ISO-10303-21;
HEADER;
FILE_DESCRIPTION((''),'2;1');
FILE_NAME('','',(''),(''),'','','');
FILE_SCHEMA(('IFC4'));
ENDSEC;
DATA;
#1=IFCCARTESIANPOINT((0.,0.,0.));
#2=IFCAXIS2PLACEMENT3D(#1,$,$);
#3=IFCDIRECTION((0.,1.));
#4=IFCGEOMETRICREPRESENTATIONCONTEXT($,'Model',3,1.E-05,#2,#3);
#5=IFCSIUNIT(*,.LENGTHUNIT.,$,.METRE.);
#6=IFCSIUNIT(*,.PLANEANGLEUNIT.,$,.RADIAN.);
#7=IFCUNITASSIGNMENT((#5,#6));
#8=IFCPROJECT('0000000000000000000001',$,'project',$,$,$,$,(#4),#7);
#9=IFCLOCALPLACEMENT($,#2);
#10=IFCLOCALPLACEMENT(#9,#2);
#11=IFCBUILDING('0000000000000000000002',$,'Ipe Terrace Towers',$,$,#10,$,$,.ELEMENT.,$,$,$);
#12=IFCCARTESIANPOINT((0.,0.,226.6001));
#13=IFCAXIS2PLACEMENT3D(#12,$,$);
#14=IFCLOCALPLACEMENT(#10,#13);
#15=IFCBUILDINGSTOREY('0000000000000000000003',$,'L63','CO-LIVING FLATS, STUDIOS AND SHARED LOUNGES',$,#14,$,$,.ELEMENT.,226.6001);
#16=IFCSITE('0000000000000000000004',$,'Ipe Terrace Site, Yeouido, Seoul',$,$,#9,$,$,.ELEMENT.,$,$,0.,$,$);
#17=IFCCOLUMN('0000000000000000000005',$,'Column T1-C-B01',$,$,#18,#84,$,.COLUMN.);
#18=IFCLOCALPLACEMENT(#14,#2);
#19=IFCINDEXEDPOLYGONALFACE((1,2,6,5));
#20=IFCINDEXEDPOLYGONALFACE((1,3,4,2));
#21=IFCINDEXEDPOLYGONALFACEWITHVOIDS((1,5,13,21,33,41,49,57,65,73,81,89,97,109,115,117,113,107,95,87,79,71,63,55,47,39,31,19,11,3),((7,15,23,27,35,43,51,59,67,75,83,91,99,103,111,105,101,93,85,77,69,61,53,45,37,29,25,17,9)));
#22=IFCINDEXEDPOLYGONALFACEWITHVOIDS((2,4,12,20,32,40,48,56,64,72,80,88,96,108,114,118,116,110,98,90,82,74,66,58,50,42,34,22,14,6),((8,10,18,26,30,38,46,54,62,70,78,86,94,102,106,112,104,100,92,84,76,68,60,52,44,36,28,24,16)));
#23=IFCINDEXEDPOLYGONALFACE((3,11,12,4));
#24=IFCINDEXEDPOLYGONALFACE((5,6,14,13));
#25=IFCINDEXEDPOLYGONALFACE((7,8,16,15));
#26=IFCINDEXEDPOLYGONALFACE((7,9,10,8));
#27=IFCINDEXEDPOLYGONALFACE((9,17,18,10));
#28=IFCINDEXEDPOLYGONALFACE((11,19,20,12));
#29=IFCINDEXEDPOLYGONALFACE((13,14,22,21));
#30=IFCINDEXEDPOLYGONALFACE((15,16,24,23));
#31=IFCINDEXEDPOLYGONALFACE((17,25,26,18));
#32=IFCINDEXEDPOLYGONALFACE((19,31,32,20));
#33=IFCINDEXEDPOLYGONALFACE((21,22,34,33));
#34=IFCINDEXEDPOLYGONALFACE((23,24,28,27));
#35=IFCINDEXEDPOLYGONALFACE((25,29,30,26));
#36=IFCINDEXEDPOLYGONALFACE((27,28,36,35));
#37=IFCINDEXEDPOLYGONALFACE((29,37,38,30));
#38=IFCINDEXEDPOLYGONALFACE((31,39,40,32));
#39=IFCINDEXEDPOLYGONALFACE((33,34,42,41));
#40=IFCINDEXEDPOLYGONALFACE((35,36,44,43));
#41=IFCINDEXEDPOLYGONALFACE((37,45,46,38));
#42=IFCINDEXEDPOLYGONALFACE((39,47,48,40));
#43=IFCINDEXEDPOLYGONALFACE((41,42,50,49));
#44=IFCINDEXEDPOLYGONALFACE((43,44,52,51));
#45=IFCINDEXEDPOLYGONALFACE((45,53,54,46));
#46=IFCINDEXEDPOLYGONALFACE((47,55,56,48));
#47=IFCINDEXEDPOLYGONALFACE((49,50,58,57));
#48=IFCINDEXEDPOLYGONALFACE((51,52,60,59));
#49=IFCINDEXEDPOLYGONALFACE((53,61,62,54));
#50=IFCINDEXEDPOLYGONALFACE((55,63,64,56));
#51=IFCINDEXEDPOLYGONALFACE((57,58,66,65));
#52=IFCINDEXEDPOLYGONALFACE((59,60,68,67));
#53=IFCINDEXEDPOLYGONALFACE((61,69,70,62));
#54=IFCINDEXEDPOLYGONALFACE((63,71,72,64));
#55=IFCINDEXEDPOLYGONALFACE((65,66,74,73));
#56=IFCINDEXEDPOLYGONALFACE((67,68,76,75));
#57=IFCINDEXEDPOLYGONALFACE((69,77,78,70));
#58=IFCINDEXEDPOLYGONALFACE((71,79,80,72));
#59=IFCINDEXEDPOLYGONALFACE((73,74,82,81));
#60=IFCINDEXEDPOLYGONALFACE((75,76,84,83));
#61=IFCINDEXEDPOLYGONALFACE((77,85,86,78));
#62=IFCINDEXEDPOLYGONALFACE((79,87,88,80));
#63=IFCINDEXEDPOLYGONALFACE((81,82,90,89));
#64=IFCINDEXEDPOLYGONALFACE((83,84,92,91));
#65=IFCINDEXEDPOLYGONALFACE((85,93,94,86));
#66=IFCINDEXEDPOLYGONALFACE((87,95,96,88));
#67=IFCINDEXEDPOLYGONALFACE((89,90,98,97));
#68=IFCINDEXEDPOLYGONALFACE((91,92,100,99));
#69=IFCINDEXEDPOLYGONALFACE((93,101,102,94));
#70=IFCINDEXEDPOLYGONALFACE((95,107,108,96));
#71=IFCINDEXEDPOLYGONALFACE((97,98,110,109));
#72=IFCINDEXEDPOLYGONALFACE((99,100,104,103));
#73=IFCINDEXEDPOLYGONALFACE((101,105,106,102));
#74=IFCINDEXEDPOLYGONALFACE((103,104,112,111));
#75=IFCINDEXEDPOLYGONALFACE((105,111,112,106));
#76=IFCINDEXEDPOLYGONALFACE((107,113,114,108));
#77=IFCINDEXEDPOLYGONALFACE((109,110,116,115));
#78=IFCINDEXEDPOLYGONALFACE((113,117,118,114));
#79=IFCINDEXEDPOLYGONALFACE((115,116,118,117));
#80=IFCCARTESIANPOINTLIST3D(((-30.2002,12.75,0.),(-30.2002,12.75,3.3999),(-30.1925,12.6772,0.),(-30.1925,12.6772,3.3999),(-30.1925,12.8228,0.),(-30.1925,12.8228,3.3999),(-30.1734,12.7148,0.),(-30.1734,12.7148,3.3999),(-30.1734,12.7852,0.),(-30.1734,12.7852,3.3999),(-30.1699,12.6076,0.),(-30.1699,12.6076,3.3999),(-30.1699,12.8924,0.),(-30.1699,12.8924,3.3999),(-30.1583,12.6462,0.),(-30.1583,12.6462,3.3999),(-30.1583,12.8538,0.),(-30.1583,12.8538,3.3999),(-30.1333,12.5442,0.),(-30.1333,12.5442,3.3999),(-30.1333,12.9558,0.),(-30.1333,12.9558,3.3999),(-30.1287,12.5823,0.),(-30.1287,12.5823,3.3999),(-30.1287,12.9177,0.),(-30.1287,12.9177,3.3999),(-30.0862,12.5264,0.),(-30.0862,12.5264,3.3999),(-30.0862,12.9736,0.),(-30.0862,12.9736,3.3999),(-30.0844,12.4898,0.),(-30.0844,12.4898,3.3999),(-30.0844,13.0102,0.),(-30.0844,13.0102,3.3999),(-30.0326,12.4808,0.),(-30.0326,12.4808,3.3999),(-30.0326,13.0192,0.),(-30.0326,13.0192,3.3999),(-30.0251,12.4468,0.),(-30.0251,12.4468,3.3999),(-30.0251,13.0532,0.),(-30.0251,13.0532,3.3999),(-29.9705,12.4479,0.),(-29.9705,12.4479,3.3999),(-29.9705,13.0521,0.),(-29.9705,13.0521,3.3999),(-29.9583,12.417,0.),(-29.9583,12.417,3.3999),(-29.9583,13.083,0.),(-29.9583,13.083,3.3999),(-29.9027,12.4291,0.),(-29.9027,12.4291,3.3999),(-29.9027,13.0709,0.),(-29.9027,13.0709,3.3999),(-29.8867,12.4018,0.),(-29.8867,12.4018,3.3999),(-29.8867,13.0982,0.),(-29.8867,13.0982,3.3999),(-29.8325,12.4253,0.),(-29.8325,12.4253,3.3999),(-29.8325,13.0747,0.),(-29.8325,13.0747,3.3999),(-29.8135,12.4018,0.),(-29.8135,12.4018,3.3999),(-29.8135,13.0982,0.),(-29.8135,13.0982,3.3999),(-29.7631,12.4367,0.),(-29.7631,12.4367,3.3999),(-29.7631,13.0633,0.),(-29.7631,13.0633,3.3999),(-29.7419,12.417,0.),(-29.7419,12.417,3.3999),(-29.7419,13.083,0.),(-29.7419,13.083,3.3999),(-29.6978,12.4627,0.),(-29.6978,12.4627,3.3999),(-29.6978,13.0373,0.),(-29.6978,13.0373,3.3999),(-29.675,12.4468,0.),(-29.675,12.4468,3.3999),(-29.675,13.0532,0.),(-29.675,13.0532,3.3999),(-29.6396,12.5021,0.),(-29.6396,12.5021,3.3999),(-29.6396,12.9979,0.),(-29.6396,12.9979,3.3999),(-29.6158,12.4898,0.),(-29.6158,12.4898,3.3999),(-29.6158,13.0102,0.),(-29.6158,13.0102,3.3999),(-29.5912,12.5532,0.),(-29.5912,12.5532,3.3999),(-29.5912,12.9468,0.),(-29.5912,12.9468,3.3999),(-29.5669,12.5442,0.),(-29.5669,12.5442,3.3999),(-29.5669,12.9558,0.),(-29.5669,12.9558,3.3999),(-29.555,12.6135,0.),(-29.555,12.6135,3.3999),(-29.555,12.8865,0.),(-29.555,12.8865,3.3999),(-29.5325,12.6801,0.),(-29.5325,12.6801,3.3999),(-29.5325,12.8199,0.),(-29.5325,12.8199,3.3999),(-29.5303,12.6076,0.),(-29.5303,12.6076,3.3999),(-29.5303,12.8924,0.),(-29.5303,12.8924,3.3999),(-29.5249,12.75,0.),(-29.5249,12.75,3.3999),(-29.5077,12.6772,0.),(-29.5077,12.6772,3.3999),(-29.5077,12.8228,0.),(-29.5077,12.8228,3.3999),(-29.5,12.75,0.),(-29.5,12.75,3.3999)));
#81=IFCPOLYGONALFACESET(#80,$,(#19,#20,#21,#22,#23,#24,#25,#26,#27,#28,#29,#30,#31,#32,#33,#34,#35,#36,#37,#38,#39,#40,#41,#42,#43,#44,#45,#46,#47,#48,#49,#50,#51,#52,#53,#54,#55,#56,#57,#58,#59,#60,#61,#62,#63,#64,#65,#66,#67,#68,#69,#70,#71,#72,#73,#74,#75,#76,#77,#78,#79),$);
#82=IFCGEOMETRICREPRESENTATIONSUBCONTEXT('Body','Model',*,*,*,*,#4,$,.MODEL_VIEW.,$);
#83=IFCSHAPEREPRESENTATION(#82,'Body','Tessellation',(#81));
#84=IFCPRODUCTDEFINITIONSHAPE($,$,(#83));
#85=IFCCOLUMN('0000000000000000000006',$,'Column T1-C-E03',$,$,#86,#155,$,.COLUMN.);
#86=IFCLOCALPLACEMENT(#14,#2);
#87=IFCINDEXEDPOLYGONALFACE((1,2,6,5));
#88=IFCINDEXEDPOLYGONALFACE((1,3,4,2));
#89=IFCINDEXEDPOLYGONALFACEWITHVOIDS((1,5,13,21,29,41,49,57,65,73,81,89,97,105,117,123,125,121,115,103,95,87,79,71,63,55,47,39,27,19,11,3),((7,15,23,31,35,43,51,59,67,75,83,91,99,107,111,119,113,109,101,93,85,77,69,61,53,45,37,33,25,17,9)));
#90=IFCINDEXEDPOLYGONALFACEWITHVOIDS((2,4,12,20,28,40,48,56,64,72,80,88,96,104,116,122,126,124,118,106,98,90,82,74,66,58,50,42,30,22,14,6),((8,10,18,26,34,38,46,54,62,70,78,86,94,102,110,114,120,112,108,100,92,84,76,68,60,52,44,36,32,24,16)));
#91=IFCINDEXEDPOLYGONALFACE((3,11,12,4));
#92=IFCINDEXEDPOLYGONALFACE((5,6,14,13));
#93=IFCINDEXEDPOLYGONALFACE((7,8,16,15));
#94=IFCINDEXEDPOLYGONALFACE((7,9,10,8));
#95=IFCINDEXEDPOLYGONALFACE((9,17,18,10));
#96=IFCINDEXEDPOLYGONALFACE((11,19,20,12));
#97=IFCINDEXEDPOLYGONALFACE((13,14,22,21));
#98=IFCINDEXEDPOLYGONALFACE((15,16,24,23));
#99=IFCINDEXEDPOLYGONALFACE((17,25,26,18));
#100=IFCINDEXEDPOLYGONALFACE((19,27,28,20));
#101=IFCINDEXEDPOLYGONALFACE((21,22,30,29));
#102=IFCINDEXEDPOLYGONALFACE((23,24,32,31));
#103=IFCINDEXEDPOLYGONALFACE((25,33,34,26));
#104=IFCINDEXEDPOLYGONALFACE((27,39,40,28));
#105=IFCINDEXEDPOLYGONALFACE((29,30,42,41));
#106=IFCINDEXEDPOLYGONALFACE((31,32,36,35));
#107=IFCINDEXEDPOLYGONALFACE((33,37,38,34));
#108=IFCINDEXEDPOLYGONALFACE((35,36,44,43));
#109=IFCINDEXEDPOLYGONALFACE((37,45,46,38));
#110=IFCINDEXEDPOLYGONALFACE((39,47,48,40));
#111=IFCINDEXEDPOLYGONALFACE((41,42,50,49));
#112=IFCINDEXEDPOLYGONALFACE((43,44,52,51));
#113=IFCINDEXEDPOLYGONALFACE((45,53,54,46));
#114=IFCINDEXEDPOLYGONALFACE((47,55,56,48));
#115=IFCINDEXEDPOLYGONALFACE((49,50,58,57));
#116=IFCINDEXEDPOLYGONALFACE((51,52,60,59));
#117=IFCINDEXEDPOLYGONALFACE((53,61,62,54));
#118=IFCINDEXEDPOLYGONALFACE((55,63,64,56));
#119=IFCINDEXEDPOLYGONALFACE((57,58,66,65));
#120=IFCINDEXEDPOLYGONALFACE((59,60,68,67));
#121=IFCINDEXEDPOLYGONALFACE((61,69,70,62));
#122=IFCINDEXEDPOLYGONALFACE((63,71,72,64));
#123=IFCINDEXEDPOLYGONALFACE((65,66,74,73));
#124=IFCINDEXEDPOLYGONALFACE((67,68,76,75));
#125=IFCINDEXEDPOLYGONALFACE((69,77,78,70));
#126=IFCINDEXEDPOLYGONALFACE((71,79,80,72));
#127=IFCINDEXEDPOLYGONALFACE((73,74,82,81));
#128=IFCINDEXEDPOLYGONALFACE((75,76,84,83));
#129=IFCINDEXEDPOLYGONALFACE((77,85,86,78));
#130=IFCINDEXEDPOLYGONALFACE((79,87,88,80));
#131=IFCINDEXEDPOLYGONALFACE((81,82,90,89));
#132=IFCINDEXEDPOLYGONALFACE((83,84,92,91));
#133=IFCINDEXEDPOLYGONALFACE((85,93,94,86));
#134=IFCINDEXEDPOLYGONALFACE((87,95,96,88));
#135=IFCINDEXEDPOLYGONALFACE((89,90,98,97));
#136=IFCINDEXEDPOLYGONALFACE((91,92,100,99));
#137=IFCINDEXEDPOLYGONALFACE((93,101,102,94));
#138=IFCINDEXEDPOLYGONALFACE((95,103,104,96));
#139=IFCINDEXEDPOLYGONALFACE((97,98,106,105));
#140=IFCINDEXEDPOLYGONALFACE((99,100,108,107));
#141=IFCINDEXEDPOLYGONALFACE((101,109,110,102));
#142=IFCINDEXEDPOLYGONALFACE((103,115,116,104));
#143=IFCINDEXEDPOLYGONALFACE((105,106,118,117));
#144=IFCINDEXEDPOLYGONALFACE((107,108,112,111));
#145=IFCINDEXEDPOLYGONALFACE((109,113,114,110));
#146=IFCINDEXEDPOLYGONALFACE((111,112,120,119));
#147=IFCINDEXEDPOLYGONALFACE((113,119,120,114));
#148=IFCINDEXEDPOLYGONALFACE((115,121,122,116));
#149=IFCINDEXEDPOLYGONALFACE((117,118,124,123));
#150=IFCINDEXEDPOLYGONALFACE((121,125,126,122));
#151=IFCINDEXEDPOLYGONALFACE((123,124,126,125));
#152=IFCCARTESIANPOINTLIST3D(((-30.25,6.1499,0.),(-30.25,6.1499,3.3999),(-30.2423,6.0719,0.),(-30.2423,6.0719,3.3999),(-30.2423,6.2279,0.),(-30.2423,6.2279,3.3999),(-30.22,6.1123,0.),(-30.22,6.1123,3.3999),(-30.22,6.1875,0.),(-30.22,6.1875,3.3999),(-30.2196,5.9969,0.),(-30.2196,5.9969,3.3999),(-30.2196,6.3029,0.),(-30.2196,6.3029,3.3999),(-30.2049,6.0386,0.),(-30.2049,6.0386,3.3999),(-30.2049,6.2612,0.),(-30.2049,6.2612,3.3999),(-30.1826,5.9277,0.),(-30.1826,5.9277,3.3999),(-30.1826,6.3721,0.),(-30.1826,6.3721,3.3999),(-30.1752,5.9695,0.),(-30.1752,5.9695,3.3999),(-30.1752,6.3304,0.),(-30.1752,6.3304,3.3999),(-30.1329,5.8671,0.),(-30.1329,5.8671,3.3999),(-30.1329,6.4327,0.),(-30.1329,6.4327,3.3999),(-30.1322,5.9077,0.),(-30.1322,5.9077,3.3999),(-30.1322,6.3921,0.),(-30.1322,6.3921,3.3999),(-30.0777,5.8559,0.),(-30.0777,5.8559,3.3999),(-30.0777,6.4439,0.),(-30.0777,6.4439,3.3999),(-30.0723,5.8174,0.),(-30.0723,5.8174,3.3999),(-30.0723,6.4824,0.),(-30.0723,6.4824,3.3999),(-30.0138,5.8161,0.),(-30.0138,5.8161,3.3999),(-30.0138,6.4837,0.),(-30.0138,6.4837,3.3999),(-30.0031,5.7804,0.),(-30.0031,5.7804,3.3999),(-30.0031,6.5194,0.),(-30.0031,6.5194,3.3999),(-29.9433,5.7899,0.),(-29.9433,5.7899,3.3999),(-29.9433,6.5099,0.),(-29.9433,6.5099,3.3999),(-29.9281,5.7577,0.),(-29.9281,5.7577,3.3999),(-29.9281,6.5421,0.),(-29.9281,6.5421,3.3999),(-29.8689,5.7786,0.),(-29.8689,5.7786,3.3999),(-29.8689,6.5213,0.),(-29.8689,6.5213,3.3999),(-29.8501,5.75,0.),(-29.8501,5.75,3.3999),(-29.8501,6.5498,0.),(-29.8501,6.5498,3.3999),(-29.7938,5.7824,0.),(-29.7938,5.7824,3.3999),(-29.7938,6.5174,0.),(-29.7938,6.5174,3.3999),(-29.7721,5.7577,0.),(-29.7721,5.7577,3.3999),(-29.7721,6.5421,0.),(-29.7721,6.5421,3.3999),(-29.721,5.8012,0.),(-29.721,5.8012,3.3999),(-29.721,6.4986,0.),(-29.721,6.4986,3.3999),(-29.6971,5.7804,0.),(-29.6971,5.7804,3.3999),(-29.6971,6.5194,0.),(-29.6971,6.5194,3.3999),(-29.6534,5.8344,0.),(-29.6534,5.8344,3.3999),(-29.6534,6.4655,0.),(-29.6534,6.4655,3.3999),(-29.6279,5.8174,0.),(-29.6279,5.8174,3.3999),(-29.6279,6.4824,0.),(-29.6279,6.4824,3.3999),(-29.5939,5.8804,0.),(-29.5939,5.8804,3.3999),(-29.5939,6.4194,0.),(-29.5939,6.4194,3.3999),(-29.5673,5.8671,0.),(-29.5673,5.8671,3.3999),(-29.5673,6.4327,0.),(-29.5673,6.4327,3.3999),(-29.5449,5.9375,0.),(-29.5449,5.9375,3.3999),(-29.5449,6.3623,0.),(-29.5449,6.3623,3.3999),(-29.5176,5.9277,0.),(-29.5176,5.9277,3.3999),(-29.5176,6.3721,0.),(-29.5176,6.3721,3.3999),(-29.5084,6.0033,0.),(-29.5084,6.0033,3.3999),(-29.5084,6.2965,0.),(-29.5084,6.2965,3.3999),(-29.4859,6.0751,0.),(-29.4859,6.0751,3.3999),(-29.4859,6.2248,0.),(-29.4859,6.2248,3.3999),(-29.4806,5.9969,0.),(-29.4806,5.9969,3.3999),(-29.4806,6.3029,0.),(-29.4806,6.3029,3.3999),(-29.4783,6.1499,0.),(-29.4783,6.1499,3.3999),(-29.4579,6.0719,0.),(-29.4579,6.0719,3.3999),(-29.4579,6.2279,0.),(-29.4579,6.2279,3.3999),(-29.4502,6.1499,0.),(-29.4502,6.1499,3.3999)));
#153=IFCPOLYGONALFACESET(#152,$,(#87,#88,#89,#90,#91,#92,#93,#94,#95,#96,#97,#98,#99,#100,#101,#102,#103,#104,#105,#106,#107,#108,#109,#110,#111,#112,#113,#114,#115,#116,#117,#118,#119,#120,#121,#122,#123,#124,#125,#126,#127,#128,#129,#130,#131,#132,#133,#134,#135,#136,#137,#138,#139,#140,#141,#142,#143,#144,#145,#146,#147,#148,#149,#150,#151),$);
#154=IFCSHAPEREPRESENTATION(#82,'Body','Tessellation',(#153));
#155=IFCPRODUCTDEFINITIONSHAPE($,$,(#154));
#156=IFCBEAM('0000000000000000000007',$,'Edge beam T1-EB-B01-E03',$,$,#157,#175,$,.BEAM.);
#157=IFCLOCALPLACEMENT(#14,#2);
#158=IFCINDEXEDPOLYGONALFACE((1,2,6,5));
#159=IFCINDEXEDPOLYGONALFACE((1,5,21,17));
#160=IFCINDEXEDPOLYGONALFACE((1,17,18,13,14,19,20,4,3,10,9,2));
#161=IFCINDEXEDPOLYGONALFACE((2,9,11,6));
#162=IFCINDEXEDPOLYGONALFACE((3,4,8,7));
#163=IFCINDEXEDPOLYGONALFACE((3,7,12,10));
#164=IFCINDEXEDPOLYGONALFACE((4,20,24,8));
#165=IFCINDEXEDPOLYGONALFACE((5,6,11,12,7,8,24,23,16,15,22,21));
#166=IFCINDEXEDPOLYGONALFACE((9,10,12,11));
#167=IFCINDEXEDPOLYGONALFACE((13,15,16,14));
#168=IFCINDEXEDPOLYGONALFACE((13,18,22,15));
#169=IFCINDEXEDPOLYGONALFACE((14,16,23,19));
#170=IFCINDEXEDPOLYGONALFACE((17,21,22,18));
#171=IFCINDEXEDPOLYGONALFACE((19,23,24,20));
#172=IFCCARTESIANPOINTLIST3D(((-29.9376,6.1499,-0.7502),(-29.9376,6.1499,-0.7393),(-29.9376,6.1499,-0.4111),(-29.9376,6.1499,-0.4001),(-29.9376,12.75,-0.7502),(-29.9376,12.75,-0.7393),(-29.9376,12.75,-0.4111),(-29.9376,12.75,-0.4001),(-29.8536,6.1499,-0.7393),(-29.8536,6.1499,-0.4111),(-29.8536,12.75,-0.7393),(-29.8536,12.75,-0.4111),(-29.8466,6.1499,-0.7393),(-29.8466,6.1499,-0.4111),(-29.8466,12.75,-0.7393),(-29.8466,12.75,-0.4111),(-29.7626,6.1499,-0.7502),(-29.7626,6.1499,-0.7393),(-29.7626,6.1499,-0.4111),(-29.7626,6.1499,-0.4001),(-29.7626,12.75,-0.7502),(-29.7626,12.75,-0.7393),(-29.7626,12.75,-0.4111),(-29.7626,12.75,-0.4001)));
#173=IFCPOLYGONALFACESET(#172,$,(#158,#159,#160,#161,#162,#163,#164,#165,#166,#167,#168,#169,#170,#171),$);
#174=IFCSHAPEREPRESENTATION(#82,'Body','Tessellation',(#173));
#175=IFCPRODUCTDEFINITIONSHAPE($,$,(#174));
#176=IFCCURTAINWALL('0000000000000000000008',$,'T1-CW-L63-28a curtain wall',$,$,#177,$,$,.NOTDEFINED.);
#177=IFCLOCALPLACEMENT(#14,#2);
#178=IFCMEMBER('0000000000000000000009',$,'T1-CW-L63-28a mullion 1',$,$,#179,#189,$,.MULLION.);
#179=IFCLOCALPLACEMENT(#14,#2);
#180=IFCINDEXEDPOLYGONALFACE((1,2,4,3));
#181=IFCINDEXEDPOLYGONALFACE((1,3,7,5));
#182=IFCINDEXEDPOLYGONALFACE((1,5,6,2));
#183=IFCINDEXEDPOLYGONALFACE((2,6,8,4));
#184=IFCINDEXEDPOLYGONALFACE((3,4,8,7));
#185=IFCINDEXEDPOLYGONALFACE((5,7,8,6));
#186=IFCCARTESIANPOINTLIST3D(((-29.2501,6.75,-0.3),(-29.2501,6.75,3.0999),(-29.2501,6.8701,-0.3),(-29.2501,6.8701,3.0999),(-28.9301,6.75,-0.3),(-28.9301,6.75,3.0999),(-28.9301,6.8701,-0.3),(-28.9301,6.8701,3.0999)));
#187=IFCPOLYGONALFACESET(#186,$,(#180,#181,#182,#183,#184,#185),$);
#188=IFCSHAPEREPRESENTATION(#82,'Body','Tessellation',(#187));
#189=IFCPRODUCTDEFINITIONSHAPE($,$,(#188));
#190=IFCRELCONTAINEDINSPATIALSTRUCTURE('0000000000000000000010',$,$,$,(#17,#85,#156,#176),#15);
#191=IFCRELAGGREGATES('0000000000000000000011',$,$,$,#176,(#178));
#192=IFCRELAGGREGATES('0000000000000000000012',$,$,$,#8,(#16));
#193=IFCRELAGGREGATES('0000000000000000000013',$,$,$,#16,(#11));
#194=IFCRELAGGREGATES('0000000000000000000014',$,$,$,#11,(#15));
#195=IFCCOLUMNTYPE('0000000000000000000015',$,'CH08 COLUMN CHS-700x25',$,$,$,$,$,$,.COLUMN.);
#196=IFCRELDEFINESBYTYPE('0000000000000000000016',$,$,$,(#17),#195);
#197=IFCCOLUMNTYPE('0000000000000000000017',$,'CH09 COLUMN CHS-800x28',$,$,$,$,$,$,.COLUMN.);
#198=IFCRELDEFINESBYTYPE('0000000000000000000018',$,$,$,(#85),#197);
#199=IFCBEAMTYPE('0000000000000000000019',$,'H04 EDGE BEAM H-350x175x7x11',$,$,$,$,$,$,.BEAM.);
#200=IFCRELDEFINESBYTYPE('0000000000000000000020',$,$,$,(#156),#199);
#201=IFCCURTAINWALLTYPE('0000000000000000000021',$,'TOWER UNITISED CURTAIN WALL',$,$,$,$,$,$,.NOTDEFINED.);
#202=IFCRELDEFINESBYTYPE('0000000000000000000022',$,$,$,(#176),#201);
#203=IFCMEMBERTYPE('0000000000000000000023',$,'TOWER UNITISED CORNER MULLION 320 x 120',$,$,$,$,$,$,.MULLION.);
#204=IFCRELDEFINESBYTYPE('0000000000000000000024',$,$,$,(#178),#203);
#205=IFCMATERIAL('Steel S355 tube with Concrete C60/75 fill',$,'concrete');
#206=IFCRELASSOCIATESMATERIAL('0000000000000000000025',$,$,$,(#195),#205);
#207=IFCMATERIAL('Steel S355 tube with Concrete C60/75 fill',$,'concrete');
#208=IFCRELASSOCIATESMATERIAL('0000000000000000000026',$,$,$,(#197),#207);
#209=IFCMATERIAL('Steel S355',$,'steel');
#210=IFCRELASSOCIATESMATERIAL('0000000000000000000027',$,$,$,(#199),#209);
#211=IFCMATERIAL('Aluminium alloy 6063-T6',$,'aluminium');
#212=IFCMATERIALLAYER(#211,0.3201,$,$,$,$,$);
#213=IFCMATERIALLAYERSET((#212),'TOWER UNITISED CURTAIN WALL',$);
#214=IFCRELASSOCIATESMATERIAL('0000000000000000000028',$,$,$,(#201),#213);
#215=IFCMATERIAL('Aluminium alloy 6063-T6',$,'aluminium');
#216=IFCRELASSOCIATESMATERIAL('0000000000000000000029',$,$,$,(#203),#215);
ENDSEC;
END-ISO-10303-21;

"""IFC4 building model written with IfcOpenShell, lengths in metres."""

from ifc_helpers import new_model, si_unit, direction, frame, origin, origin_2d, place, context, subcontext, project, spatial, rectangle, hollow_circle, i_section, extrude, material, layer, layer_set, material_profile, profile_set, type_object, element, aggregate, save


model = new_model("IFC4")

# Units and contexts
model_context = context("Model", 3, precision=1e-05, world=origin(), true_north=direction((0.0, 1.0)))
body_context = subcontext(model_context, "Body", "Model", "MODEL_VIEW")
ifc_project = project(units=[si_unit("LENGTHUNIT", "METRE"), si_unit("PLANEANGLEUNIT", "RADIAN")], contexts=[model_context])

# Site, building, storey
site_placement = place(None, origin())
site = spatial("IfcSite", under=ifc_project, at=site_placement, Name="Ipe Terrace Site, Yeouido, Seoul", CompositionType="ELEMENT", RefElevation=0.0)
building_placement = place(site_placement, origin())
building = spatial("IfcBuilding", under=site, at=building_placement, Name="Ipe Terrace Towers", CompositionType="ELEMENT")
storey_placement = place(building_placement, frame((0.0, 0.0, 226.6001)))
storey = spatial("IfcBuildingStorey", under=building, at=storey_placement, Name="L63", Description="CO-LIVING FLATS, STUDIOS AND SHARED LOUNGES", CompositionType="ELEMENT", Elevation=226.6001)

# Columns
ifc_material_1 = material(Name="Steel S355 tube with Concrete C60/75 fill", Category="concrete")
ifc_material_profile_1 = material_profile(ifc_material_1, hollow_circle(Radius=0.3501, WallThickness=0.0249, at=origin_2d()), Name="CHS-700x25")
ifc_profile_set_1 = profile_set([ifc_material_profile_1], Name="Steel S355 tube with Concrete C60/75 fill")
column_type_1 = type_object("IfcColumnType", Name="CH08 COLUMN CHS-700x25", PredefinedType="COLUMN", material=ifc_profile_set_1)
column_1_placement = place(storey_placement, frame((-29.8501, 12.75, 0.0), z_axis=(0.0, 0.0, 1.0), x_axis=(1.0, 0.0, 0.0)))
element("IfcColumn", 1, at=column_1_placement, inside=storey, type_object=column_type_1, Name="Column T1-C-B01", PredefinedType="COLUMN", context=body_context, shape_type="SweptSolid", body=[
    extrude(hollow_circle(Radius=0.3501, WallThickness=0.0249, at=origin_2d()), origin(), (0.0, 0.0, 1.0), 3.3999),
])
ifc_material_2 = material(Name="Steel S355 tube with Concrete C60/75 fill", Category="concrete")
ifc_material_profile_2 = material_profile(ifc_material_2, hollow_circle(Radius=0.3999, WallThickness=0.0281, at=origin_2d()), Name="CHS-800x28")
ifc_profile_set_2 = profile_set([ifc_material_profile_2], Name="Steel S355 tube with Concrete C60/75 fill")
column_type_2 = type_object("IfcColumnType", Name="CH09 COLUMN CHS-800x28", PredefinedType="COLUMN", material=ifc_profile_set_2)
column_2_placement = place(storey_placement, frame((-29.8501, 6.1499, 0.0), z_axis=(0.0, 0.0, 1.0), x_axis=(1.0, 0.0, 0.0)))
element("IfcColumn", 2, at=column_2_placement, inside=storey, type_object=column_type_2, Name="Column T1-C-E03", PredefinedType="COLUMN", context=body_context, shape_type="SweptSolid", body=[
    extrude(hollow_circle(Radius=0.3999, WallThickness=0.0281, at=origin_2d()), origin(), (0.0, 0.0, 1.0), 3.3999),
])

# Beam
ifc_material_3 = material(Name="Steel S355", Category="steel")
ifc_material_profile_3 = material_profile(ifc_material_3, i_section(OverallWidth=0.175, OverallDepth=0.3501, WebThickness=0.0071, FlangeThickness=0.011, at=origin_2d()), Name="H-350x175x7x11")
ifc_profile_set_3 = profile_set([ifc_material_profile_3], Name="Steel S355")
beam_type = type_object("IfcBeamType", Name="H04 EDGE BEAM H-350x175x7x11", PredefinedType="BEAM", material=ifc_profile_set_3)
beam_placement = place(storey_placement, frame((-29.8501, 12.75, -0.5752), z_axis=(0.0, -1.0, 0.0), x_axis=(1.0, 0.0, 0.0)))
element("IfcBeam", 3, at=beam_placement, inside=storey, type_object=beam_type, Name="Edge beam T1-EB-B01-E03", PredefinedType="BEAM", context=body_context, shape_type="SweptSolid", body=[
    extrude(i_section(OverallWidth=0.175, OverallDepth=0.3501, WebThickness=0.0071, FlangeThickness=0.011, at=origin_2d()), origin(), (0.0, 0.0, 1.0), 6.6001),
])

# Curtain wall, member
ifc_material_4 = material(Name="Aluminium alloy 6063-T6", Category="aluminium")
ifc_layer_1 = layer(ifc_material_4, 0.3201)
ifc_layer_set_1 = layer_set([ifc_layer_1], Name="TOWER UNITISED CURTAIN WALL")
curtain_wall_type = type_object("IfcCurtainWallType", Name="TOWER UNITISED CURTAIN WALL", PredefinedType="NOTDEFINED", material=ifc_layer_set_1)
curtain_wall_placement = place(storey_placement, origin())
curtain_wall = element("IfcCurtainWall", 4, at=curtain_wall_placement, inside=storey, type_object=curtain_wall_type, Name="T1-CW-L63-28a curtain wall", PredefinedType="NOTDEFINED")
ifc_material_5 = material(Name="Aluminium alloy 6063-T6", Category="aluminium")
ifc_material_profile_4 = material_profile(ifc_material_5, rectangle(XDim=0.3201, YDim=0.1201, at=origin_2d()), Name="TOWER UNITISED CORNER MULLION 320 x 120")
ifc_profile_set_4 = profile_set([ifc_material_profile_4], Name="Aluminium alloy 6063-T6")
member_type = type_object("IfcMemberType", Name="TOWER UNITISED CORNER MULLION 320 x 120", PredefinedType="MULLION", material=ifc_profile_set_4)
member_1_placement = place(storey_placement, frame((-29.0901, 6.8101, -0.3), z_axis=(0.0, 0.0, 1.0), x_axis=(1.0, 0.0, 0.0)))
member_1 = element("IfcMember", 5, at=member_1_placement, type_object=member_type, Name="T1-CW-L63-28a mullion 1", PredefinedType="MULLION", context=body_context, shape_type="SweptSolid", body=[
    extrude(rectangle(XDim=0.3201, YDim=0.1201, at=origin_2d()), origin(), (0.0, 0.0, 1.0), 3.3999),
])
aggregate(curtain_wall, [member_1])

save(model, "model.ifc")
